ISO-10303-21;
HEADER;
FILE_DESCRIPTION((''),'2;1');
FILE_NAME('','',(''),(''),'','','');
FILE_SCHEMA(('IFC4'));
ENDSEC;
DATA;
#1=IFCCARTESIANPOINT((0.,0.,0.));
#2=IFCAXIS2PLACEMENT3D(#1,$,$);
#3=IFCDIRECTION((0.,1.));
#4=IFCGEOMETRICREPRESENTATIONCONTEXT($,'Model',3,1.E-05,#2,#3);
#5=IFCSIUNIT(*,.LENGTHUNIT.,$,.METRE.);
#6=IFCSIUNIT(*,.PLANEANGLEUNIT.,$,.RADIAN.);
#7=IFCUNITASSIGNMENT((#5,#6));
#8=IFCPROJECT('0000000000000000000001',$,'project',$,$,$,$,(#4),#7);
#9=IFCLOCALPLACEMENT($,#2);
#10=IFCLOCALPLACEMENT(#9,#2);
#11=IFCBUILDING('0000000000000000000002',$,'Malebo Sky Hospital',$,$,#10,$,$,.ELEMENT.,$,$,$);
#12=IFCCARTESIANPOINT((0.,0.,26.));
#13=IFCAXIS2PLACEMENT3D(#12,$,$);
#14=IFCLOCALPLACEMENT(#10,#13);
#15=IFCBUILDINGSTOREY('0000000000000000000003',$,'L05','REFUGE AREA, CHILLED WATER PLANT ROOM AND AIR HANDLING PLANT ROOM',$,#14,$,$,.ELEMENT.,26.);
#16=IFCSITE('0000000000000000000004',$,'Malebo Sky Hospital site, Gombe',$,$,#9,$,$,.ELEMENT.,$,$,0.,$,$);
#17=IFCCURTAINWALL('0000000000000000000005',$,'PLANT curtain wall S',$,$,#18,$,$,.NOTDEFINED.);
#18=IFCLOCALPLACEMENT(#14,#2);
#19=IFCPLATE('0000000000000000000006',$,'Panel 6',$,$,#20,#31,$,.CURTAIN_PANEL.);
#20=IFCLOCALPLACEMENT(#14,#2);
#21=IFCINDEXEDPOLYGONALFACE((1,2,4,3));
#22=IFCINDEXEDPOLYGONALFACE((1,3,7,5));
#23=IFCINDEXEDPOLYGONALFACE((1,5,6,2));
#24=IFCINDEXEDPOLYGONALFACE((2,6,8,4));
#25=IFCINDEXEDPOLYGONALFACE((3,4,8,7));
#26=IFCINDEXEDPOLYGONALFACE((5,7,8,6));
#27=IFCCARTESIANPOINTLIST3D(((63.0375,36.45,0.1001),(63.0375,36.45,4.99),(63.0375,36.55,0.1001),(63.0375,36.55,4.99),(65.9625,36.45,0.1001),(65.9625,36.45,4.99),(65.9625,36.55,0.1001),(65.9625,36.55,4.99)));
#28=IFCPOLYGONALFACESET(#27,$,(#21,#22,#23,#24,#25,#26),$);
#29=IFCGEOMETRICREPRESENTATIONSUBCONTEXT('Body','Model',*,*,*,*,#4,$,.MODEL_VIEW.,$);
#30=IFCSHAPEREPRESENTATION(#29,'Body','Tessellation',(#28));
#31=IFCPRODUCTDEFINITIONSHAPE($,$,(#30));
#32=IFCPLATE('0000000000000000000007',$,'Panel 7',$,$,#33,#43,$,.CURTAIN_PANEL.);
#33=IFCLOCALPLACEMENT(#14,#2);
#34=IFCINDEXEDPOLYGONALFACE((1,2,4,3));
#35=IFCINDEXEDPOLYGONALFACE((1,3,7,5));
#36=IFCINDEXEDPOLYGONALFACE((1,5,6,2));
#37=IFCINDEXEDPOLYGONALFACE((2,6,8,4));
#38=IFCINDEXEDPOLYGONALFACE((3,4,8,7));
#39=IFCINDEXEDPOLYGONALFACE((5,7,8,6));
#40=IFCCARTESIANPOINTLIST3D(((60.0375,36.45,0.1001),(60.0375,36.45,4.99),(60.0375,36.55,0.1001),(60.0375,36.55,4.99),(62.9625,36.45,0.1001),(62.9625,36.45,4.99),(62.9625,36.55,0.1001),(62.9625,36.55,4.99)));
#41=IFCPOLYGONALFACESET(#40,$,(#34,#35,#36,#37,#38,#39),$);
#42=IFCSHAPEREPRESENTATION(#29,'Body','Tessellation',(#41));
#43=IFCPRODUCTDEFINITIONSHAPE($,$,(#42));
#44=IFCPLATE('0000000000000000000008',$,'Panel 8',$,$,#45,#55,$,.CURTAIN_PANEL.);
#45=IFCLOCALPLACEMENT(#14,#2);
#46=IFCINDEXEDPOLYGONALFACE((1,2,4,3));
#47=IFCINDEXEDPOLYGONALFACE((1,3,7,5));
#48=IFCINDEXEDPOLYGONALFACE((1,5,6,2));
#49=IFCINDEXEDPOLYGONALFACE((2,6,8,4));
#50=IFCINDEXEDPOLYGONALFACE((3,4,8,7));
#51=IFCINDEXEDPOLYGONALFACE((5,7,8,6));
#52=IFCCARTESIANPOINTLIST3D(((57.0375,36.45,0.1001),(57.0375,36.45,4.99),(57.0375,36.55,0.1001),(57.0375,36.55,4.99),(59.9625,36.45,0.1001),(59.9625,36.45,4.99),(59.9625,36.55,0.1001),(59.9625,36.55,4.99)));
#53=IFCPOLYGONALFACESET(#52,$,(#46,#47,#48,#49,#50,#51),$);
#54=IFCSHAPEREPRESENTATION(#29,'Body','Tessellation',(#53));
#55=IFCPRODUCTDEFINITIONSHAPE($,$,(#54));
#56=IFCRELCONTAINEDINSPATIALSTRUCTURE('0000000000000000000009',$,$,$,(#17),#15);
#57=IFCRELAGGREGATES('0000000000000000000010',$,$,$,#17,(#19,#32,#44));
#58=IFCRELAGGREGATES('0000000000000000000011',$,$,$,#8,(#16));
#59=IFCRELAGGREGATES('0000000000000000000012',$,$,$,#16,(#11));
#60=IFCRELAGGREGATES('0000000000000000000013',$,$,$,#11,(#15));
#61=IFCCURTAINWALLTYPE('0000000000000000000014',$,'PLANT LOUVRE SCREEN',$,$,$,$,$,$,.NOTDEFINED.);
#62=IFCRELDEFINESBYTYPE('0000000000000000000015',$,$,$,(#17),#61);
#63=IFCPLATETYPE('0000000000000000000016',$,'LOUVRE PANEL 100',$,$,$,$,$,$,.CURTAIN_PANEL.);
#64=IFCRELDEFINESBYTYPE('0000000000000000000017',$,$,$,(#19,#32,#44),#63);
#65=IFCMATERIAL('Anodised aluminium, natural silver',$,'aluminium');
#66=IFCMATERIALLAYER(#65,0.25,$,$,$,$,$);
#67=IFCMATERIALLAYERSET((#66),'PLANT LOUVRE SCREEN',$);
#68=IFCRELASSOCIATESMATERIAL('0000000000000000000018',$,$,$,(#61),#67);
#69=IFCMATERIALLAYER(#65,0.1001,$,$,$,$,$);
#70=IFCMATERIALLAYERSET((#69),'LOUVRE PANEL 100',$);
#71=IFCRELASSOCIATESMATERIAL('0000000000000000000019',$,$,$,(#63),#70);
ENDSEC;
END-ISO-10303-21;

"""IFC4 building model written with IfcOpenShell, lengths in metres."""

from ifc_helpers import new_model, si_unit, direction, frame, origin, origin_2d, place, context, subcontext, project, spatial, rectangle, extrude, material, layer, layer_set, type_object, element, aggregate, save


model = new_model("IFC4")

# Units and contexts
model_context = context("Model", 3, precision=1e-05, world=origin(), true_north=direction((0.0, 1.0)))
body_context = subcontext(model_context, "Body", "Model", "MODEL_VIEW")
ifc_project = project(units=[si_unit("LENGTHUNIT", "METRE"), si_unit("PLANEANGLEUNIT", "RADIAN")], contexts=[model_context])

# Site, building, storey
site_placement = place(None, origin())
site = spatial("IfcSite", under=ifc_project, at=site_placement, Name="Malebo Sky Hospital site, Gombe", CompositionType="ELEMENT", RefElevation=0.0)
building_placement = place(site_placement, origin())
building = spatial("IfcBuilding", under=site, at=building_placement, Name="Malebo Sky Hospital", CompositionType="ELEMENT")
storey_placement = place(building_placement, frame((0.0, 0.0, 26.0)))
storey = spatial("IfcBuildingStorey", under=building, at=storey_placement, Name="L05", Description="REFUGE AREA, CHILLED WATER PLANT ROOM AND AIR HANDLING PLANT ROOM", CompositionType="ELEMENT", Elevation=26.0)

# Curtain wall
ifc_material_1 = material(Name="Anodised aluminium, natural silver", Category="aluminium")
ifc_layer_1 = layer(ifc_material_1, 0.25)
ifc_layer_set_1 = layer_set([ifc_layer_1], Name="PLANT LOUVRE SCREEN")
curtain_wall_type = type_object("IfcCurtainWallType", Name="PLANT LOUVRE SCREEN", PredefinedType="NOTDEFINED", material=ifc_layer_set_1)
curtain_wall_placement = place(storey_placement, origin())
curtain_wall = element("IfcCurtainWall", 1, at=curtain_wall_placement, inside=storey, type_object=curtain_wall_type, Name="PLANT curtain wall S", PredefinedType="NOTDEFINED")

# Plates
ifc_layer_2 = layer(ifc_material_1, 0.1001)
ifc_layer_set_2 = layer_set([ifc_layer_2], Name="LOUVRE PANEL 100")
plate_type = type_object("IfcPlateType", Name="LOUVRE PANEL 100", PredefinedType="CURTAIN_PANEL", material=ifc_layer_set_2)
plate_1_placement = place(storey_placement, frame((64.5, 36.5, 0.1001), z_axis=(0.0, 0.0, 1.0), x_axis=(-1.0, 0.0, 0.0)))
plate_1 = element("IfcPlate", 2, at=plate_1_placement, type_object=plate_type, Name="Panel 6", PredefinedType="CURTAIN_PANEL", context=body_context, shape_type="SweptSolid", body=[
    extrude(rectangle(XDim=2.925, YDim=0.1001, at=origin_2d()), origin(), (0.0, 0.0, 1.0), 4.8899),
])
plate_2_placement = place(storey_placement, frame((61.5, 36.5, 0.1001), z_axis=(0.0, 0.0, 1.0), x_axis=(-1.0, 0.0, 0.0)))
plate_2 = element("IfcPlate", 3, at=plate_2_placement, type_object=plate_type, Name="Panel 7", PredefinedType="CURTAIN_PANEL", context=body_context, shape_type="SweptSolid", body=[
    extrude(rectangle(XDim=2.925, YDim=0.1001, at=origin_2d()), origin(), (0.0, 0.0, 1.0), 4.8899),
])
plate_3_placement = place(storey_placement, frame((58.5, 36.5, 0.1001), z_axis=(0.0, 0.0, 1.0), x_axis=(-1.0, 0.0, 0.0)))
plate_3 = element("IfcPlate", 4, at=plate_3_placement, type_object=plate_type, Name="Panel 8", PredefinedType="CURTAIN_PANEL", context=body_context, shape_type="SweptSolid", body=[
    extrude(rectangle(XDim=2.925, YDim=0.1001, at=origin_2d()), origin(), (0.0, 0.0, 1.0), 4.8899),
])
aggregate(curtain_wall, [plate_1, plate_2, plate_3])

save(model, "model.ifc")
